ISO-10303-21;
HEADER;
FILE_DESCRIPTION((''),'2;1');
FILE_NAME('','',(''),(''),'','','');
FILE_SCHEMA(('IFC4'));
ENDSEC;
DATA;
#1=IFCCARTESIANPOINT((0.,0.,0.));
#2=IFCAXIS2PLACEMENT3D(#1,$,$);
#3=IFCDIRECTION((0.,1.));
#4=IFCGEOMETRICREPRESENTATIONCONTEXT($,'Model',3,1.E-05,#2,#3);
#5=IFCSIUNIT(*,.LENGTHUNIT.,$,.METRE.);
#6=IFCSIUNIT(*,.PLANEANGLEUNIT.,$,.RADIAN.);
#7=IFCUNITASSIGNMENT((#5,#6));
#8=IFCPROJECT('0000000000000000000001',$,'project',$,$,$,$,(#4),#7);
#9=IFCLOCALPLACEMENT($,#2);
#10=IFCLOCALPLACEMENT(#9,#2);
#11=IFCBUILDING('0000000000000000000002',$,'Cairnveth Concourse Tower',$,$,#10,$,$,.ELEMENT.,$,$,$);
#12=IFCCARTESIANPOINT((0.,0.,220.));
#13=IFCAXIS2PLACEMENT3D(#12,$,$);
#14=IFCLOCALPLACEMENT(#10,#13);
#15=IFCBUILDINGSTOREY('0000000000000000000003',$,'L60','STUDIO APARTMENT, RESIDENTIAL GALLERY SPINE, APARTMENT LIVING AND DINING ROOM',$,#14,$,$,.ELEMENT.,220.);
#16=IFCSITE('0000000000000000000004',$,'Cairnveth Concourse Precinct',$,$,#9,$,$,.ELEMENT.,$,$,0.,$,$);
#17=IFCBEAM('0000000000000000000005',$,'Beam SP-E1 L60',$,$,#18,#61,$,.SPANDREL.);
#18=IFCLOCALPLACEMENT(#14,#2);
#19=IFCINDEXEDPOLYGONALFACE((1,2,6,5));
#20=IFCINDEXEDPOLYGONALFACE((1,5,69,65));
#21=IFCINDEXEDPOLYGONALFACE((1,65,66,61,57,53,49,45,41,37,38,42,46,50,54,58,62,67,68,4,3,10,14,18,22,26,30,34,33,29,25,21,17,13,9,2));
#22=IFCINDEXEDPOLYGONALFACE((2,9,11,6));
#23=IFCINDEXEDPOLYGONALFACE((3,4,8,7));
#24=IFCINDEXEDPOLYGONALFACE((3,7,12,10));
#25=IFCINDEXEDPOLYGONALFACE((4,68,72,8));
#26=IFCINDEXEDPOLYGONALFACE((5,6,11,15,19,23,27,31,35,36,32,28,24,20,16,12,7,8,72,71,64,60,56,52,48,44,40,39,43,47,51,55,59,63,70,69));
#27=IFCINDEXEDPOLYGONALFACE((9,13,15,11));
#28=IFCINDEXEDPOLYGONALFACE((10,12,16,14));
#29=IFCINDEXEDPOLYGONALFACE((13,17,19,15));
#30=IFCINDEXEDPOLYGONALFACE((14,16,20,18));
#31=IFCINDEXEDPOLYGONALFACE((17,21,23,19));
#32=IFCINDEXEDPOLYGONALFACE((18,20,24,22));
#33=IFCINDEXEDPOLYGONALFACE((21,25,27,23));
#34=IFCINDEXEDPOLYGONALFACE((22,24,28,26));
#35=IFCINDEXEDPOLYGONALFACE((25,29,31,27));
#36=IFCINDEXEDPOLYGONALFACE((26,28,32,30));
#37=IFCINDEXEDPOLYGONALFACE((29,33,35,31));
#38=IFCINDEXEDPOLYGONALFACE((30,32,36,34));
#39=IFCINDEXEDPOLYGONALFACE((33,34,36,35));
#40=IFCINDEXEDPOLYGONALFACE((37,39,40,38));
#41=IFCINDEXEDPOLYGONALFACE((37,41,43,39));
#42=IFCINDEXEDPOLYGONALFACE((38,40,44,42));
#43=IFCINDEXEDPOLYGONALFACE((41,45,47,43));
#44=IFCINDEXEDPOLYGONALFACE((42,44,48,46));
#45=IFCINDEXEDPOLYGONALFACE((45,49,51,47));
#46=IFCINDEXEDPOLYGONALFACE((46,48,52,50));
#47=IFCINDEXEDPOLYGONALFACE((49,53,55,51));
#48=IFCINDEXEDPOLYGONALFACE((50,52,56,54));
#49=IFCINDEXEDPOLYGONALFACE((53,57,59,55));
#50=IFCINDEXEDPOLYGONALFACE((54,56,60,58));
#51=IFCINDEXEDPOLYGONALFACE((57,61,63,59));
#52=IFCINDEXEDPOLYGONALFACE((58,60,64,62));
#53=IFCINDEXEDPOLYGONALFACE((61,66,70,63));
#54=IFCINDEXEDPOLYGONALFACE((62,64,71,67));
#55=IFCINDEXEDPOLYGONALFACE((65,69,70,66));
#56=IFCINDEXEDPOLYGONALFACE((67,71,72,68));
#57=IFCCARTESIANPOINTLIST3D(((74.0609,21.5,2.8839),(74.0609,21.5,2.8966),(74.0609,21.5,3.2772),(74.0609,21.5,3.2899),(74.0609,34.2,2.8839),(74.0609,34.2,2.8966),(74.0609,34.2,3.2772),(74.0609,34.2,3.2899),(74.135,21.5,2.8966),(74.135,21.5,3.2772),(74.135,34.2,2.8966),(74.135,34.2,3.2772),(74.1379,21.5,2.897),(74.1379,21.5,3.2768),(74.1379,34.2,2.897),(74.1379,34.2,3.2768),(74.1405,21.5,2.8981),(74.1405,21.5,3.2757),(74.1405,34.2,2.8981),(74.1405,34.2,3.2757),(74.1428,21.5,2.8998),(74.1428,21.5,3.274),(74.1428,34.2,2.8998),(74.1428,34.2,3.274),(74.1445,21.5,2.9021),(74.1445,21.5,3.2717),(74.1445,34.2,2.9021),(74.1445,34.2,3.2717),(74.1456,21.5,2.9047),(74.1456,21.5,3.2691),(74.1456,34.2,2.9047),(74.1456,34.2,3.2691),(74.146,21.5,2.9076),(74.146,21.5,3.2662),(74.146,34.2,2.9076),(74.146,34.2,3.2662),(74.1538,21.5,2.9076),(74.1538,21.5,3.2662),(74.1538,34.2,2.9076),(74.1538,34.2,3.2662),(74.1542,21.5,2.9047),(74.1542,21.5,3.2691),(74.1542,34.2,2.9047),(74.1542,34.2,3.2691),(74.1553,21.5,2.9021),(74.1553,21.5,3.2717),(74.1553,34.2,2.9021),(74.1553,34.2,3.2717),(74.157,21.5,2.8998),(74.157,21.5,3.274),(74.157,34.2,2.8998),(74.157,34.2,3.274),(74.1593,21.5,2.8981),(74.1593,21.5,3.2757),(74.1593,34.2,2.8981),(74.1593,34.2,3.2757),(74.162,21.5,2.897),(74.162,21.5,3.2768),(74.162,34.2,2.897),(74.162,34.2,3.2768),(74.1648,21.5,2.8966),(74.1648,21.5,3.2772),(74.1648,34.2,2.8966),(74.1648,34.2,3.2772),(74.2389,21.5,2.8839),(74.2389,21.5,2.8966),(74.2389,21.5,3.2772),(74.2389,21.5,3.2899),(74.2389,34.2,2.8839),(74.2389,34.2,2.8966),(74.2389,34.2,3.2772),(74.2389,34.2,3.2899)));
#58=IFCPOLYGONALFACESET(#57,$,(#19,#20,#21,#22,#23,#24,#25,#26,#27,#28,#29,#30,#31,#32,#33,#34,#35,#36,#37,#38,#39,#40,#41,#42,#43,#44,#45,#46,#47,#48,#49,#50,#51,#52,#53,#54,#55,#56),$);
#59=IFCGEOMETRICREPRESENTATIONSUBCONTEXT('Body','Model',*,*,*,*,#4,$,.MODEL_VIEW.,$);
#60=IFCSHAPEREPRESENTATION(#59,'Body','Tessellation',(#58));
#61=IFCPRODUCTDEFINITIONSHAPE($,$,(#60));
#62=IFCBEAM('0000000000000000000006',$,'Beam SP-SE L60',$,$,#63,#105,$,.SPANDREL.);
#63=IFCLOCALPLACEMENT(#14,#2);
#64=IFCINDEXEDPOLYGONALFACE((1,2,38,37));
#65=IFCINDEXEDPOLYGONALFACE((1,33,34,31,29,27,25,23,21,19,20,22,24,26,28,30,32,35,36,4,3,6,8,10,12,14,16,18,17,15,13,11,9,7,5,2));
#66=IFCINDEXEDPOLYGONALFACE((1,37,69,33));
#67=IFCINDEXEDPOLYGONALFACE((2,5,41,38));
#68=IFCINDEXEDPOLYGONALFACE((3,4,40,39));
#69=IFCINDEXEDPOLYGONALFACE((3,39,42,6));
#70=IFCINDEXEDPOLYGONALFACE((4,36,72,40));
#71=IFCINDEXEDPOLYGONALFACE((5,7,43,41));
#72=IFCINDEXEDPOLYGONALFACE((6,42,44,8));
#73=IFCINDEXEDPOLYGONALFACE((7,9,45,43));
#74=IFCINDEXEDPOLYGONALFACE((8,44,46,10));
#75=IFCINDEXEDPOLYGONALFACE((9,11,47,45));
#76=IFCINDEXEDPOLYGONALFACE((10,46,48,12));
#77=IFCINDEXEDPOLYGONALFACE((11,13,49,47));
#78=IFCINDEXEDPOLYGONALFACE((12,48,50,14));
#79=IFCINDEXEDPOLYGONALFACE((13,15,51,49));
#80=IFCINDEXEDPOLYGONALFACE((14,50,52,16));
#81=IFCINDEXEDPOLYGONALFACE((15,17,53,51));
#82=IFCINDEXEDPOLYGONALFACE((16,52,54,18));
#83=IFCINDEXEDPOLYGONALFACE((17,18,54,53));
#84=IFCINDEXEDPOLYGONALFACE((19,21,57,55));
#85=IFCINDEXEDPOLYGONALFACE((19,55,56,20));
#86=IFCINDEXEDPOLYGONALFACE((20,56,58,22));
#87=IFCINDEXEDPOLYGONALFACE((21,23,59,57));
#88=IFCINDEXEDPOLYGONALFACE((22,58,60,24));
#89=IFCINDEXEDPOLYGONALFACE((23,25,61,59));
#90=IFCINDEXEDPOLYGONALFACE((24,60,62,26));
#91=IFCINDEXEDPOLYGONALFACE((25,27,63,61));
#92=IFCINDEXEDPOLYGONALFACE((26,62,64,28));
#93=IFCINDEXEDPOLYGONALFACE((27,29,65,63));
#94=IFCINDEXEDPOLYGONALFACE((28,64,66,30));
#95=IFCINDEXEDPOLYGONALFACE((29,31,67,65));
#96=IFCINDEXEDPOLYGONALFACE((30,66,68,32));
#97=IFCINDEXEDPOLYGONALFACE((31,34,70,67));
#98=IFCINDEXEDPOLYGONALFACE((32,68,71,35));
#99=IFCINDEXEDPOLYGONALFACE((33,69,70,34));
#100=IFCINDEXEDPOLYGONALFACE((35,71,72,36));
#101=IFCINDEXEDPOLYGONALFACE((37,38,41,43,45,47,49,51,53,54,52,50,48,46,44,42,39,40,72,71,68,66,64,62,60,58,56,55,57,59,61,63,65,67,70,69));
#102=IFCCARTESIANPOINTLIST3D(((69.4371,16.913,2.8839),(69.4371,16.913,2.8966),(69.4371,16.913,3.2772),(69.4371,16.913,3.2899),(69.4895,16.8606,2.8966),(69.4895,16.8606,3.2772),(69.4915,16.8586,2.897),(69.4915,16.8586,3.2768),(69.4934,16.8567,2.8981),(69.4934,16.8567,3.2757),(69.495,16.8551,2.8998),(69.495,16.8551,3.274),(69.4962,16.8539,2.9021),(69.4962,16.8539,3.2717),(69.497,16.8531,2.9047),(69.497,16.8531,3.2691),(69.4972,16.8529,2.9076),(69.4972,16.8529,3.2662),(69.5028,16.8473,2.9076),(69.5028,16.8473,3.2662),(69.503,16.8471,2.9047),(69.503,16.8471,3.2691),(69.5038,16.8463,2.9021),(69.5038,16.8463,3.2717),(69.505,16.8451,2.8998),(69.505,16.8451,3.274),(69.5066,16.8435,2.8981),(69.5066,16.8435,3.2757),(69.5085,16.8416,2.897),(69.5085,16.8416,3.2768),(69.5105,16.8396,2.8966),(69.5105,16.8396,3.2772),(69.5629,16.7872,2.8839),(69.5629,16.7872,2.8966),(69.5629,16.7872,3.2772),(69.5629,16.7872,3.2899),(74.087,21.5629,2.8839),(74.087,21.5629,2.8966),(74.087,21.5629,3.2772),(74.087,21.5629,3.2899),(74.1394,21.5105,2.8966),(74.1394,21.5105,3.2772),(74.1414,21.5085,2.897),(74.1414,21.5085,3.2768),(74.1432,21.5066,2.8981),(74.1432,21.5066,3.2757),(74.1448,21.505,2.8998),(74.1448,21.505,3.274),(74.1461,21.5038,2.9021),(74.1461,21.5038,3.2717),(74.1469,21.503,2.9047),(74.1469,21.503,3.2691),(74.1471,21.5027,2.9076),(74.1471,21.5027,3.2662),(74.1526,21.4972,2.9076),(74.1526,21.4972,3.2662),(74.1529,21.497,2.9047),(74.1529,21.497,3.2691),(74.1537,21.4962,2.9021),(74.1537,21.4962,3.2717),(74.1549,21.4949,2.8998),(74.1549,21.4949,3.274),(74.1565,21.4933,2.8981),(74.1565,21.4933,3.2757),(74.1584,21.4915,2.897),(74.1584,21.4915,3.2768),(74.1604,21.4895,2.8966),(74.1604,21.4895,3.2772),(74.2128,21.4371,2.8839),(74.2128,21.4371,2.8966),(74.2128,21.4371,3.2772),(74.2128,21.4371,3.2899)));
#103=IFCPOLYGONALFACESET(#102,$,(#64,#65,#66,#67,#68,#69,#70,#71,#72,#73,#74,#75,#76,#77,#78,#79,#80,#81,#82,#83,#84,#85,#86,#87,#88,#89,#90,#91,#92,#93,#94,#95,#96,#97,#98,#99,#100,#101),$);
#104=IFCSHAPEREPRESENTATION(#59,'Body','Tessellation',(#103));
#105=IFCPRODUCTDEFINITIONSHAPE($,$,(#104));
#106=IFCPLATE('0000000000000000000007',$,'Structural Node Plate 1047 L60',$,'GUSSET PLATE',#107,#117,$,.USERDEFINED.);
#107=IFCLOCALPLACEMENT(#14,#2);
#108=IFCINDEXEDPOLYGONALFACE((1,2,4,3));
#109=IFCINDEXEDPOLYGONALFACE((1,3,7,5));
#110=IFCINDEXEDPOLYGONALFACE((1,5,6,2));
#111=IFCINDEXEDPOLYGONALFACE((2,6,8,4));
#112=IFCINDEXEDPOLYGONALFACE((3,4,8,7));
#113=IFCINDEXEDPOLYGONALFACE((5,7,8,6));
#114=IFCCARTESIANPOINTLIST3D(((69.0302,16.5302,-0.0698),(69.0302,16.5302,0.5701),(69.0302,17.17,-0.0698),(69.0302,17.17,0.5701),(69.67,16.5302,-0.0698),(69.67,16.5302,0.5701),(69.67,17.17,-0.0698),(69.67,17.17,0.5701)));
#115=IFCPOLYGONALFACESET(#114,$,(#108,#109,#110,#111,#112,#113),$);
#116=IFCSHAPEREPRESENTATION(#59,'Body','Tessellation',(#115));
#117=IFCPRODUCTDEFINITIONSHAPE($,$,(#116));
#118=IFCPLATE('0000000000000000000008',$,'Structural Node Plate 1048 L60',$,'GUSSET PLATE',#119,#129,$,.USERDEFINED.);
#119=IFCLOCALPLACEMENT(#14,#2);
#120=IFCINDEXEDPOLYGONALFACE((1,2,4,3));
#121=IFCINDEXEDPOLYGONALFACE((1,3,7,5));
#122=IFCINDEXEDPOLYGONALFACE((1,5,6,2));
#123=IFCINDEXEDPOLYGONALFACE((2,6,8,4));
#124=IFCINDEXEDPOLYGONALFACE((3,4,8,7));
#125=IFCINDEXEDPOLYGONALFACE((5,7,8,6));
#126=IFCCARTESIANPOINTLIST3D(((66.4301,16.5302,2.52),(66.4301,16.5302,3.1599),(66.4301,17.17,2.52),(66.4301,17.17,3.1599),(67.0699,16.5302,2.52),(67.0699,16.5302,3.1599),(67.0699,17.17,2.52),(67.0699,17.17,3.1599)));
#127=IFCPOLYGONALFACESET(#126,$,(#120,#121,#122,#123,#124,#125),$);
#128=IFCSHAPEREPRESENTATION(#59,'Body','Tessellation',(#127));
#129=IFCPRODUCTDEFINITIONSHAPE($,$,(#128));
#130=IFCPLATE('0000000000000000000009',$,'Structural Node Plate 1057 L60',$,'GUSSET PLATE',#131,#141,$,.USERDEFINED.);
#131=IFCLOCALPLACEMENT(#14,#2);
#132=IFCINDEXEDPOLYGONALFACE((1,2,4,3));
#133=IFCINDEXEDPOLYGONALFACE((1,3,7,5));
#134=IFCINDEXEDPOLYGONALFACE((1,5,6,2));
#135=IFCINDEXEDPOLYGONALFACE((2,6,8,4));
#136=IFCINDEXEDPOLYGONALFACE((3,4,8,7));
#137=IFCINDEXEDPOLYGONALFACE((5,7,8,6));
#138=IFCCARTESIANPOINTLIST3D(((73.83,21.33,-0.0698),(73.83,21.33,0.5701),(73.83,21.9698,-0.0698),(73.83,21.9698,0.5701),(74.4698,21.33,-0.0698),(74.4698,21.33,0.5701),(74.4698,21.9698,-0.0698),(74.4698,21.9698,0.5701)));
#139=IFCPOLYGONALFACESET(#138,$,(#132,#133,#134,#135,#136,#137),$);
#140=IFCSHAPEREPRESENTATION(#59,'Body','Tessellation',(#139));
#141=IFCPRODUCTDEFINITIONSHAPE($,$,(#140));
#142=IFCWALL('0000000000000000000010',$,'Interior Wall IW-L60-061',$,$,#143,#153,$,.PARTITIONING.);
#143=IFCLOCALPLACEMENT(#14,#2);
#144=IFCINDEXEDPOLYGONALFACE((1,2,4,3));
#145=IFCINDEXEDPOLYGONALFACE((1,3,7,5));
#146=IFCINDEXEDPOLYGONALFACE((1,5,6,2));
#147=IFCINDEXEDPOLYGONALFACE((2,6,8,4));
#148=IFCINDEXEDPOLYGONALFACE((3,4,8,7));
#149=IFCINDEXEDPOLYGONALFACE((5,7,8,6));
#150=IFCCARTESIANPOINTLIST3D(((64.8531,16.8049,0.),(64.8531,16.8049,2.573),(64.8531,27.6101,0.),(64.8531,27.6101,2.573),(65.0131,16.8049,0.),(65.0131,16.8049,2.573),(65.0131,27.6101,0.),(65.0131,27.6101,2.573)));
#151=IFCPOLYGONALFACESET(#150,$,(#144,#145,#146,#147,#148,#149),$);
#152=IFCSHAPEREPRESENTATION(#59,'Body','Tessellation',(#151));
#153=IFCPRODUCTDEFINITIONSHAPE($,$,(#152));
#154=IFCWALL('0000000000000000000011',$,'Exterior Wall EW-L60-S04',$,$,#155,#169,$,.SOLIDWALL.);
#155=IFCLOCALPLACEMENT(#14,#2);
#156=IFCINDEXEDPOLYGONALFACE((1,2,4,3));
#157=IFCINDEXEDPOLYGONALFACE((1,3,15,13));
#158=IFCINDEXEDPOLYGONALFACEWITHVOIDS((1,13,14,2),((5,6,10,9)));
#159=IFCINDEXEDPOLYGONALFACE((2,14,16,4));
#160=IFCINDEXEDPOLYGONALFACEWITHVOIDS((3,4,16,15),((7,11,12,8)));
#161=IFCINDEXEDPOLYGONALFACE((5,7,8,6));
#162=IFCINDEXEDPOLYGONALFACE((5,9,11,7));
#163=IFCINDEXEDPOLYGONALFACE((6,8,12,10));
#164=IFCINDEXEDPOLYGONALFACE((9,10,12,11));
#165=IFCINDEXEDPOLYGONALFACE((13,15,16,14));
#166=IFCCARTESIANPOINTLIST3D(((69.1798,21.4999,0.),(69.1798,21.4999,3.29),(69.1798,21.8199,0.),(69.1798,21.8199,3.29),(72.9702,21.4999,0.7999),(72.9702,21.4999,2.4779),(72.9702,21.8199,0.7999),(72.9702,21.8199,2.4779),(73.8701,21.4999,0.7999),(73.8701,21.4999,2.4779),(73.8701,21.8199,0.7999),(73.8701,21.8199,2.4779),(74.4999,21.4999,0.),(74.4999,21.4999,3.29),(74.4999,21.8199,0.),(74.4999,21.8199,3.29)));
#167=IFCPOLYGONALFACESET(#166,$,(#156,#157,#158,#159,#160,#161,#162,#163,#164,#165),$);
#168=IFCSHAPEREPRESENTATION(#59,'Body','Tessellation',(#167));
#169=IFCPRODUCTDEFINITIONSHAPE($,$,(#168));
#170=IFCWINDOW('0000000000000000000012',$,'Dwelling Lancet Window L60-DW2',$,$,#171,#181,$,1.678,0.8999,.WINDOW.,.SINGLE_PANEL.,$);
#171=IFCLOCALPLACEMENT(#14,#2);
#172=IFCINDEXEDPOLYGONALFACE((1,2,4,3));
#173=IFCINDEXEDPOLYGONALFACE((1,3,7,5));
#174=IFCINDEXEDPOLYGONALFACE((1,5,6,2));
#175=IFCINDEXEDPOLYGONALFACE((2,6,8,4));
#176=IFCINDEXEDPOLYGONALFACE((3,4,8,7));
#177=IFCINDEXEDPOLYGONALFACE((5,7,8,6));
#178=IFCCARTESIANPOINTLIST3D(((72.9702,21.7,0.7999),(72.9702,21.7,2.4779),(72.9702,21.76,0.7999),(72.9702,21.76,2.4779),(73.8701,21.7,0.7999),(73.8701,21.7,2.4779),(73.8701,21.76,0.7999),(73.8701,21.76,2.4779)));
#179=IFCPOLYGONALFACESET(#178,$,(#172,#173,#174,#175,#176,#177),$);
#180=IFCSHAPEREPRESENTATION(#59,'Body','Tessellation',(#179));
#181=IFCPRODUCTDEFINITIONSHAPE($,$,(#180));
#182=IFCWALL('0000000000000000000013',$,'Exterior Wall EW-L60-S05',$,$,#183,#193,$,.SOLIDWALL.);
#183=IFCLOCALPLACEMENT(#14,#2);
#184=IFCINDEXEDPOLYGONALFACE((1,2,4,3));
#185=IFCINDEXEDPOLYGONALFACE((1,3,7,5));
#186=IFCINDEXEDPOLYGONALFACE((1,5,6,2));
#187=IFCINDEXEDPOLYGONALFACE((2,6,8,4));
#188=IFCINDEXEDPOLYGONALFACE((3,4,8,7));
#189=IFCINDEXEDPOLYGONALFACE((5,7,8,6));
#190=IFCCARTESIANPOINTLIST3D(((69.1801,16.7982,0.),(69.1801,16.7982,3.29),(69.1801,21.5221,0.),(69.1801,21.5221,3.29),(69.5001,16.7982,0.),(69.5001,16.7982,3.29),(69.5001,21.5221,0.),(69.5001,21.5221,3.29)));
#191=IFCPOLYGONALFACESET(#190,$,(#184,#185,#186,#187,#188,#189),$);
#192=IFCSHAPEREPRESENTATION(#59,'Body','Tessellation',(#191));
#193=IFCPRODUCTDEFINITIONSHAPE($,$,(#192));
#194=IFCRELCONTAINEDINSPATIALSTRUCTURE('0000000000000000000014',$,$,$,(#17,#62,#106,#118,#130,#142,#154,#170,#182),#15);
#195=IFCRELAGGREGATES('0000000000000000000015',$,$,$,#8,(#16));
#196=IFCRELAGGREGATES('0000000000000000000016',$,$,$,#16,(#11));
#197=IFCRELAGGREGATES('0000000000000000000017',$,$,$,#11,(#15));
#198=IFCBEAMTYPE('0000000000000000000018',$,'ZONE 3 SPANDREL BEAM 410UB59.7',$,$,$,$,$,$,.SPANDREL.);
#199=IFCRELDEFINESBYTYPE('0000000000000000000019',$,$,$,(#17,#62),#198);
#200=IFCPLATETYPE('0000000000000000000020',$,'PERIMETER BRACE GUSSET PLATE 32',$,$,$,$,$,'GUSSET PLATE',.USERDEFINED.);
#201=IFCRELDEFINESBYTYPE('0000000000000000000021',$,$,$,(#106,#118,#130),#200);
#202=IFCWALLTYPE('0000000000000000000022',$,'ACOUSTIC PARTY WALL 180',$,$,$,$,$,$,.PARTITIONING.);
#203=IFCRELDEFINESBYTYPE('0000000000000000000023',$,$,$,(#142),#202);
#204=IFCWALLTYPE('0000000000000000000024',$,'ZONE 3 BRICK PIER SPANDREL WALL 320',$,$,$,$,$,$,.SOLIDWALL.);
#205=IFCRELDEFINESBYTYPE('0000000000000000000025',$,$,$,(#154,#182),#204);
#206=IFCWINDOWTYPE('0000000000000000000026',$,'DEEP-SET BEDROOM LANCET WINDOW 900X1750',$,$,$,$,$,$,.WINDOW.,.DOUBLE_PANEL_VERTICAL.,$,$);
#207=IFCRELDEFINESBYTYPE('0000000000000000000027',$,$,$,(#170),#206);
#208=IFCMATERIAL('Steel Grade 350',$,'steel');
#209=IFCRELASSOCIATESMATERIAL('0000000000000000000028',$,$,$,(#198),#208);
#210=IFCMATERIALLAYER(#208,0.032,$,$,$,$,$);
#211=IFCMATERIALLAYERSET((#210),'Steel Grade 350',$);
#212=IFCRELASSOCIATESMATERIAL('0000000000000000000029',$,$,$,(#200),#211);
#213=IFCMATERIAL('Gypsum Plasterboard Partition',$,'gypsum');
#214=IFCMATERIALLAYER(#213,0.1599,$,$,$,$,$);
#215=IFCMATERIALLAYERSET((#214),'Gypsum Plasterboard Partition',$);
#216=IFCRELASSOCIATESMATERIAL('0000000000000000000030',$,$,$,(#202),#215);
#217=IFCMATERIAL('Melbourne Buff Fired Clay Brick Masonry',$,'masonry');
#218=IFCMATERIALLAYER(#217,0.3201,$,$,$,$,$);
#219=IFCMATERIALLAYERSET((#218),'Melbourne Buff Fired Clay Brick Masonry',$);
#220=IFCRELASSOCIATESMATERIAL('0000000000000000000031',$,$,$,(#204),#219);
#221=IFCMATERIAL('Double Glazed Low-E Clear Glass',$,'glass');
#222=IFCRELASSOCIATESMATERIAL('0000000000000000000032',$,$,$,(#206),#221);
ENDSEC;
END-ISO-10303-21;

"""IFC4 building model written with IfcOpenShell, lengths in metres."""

from ifc_helpers import new_model, si_unit, direction, frame, frame_2d, origin, origin_2d, place, context, subcontext, project, spatial, rectangle, i_section, extrude, material, layer, layer_set, material_profile, profile_set, type_object, element, fill, save


model = new_model("IFC4")

# Units and contexts
model_context = context("Model", 3, precision=1e-05, world=origin(), true_north=direction((0.0, 1.0)))
body_context = subcontext(model_context, "Body", "Model", "MODEL_VIEW")
ifc_project = project(units=[si_unit("LENGTHUNIT", "METRE"), si_unit("PLANEANGLEUNIT", "RADIAN")], contexts=[model_context])

# Site, building, storey
site_placement = place(None, origin())
site = spatial("IfcSite", under=ifc_project, at=site_placement, Name="Cairnveth Concourse Precinct", CompositionType="ELEMENT", RefElevation=0.0)
building_placement = place(site_placement, origin())
building = spatial("IfcBuilding", under=site, at=building_placement, Name="Cairnveth Concourse Tower", CompositionType="ELEMENT")
storey_placement = place(building_placement, frame((0.0, 0.0, 220.0)))
storey = spatial("IfcBuildingStorey", under=building, at=storey_placement, Name="L60", Description="STUDIO APARTMENT, RESIDENTIAL GALLERY SPINE, APARTMENT LIVING AND DINING ROOM", CompositionType="ELEMENT", Elevation=220.0)

# Shared definitions
ifc_material_1 = material(Name="Steel Grade 350", Category="steel")

# Beams
ifc_material_profile_1 = material_profile(ifc_material_1, i_section(OverallWidth=0.178, OverallDepth=0.406, WebThickness=0.0078, FlangeThickness=0.0127, FilletRadius=0.011, at=origin_2d()), Name="410UB59.7")
ifc_profile_set_1 = profile_set([ifc_material_profile_1], Name="Steel Grade 350")
beam_type_1 = type_object("IfcBeamType", Name="ZONE 3 SPANDREL BEAM 410UB59.7", PredefinedType="SPANDREL", material=ifc_profile_set_1)
beam_1_placement = place(storey_placement, frame((74.1499, 21.5, 3.0869), z_axis=(0.0, 1.0, 0.0), x_axis=(-1.0, 0.0, 0.0)))
element("IfcBeam", 1, at=beam_1_placement, inside=storey, type_object=beam_type_1, Name="Beam SP-E1 L60", PredefinedType="SPANDREL", context=body_context, shape_type="SweptSolid", body=[
    extrude(i_section(OverallWidth=0.178, OverallDepth=0.406, WebThickness=0.0078, FlangeThickness=0.0127, FilletRadius=0.011, at=origin_2d()), origin(), (0.0, 0.0, 1.0), 12.7),
])
beam_2_placement = place(storey_placement, frame((69.5, 16.8501, 3.0869), z_axis=(0.707107, 0.707107, 0.0), x_axis=(-0.707107, 0.707107, 0.0)))
element("IfcBeam", 2, at=beam_2_placement, inside=storey, type_object=beam_type_1, Name="Beam SP-SE L60", PredefinedType="SPANDREL", context=body_context, shape_type="SweptSolid", body=[
    extrude(i_section(OverallWidth=0.178, OverallDepth=0.406, WebThickness=0.0078, FlangeThickness=0.0127, FilletRadius=0.011, at=origin_2d()), origin(), (0.0, 0.0, 1.0), 6.5759),
])

# Plates
ifc_layer_1 = layer(ifc_material_1, 0.032)
ifc_layer_set_1 = layer_set([ifc_layer_1], Name="Steel Grade 350")
plate_type = type_object("IfcPlateType", Name="PERIMETER BRACE GUSSET PLATE 32", ElementType="GUSSET PLATE", PredefinedType="USERDEFINED", material=ifc_layer_set_1)
for number, where, z_axis, x_axis, name in (
    (3, (69.3501, 16.8501, -0.0698), (0.0, 0.0, 1.0), (1.0, 0.0, 0.0), "Structural Node Plate 1047 L60"),
    (4, (66.75, 16.8501, 2.52), (0.0, 0.0, 1.0), (1.0, 0.0, 0.0), "Structural Node Plate 1048 L60"),
    (5, (74.1499, 21.6499, -0.0698), (0.0, 0.0, 1.0), (1.0, 0.0, 0.0), "Structural Node Plate 1057 L60"),
):
    element("IfcPlate", number, at=place(storey_placement, frame(where, z_axis=z_axis, x_axis=x_axis)), inside=storey, type_object=plate_type, Name=name, ObjectType="GUSSET PLATE", PredefinedType="USERDEFINED", context=body_context, shape_type="SweptSolid", body=[
        extrude(rectangle(XDim=0.6399, YDim=0.6399, at=origin_2d()), origin(), (0.0, 0.0, 1.0), 0.6399),
    ])

# Wall
ifc_material_2 = material(Name="Gypsum Plasterboard Partition", Category="gypsum")
ifc_layer_2 = layer(ifc_material_2, 0.1599)
ifc_layer_set_2 = layer_set([ifc_layer_2], Name="Gypsum Plasterboard Partition")
wall_type_1 = type_object("IfcWallType", Name="ACOUSTIC PARTY WALL 180", PredefinedType="PARTITIONING", material=ifc_layer_set_2)
wall_1_placement = place(storey_placement, frame((64.9331, 16.8049, 0.0), z_axis=(0.0, 0.0, 1.0), x_axis=(0.0, 1.0, 0.0)))
element("IfcWall", 6, at=wall_1_placement, inside=storey, type_object=wall_type_1, Name="Interior Wall IW-L60-061", PredefinedType="PARTITIONING", context=body_context, shape_type="SweptSolid", body=[
    extrude(rectangle(XDim=10.8052, YDim=0.1599, at=frame_2d((5.4026, 0.0))), origin(), (0.0, 0.0, 1.0), 2.573),
])

# Wall, opening, window
ifc_material_3 = material(Name="Melbourne Buff Fired Clay Brick Masonry", Category="masonry")
ifc_layer_3 = layer(ifc_material_3, 0.3201)
ifc_layer_set_3 = layer_set([ifc_layer_3], Name="Melbourne Buff Fired Clay Brick Masonry")
wall_type_2 = type_object("IfcWallType", Name="ZONE 3 BRICK PIER SPANDREL WALL 320", PredefinedType="SOLIDWALL", material=ifc_layer_set_3)
wall_2_placement = place(storey_placement, frame((74.5, 21.6599, 0.0), z_axis=(0.0, 0.0, 1.0), x_axis=(-1.0, 0.0, 0.0)))
wall_2 = element("IfcWall", 7, at=wall_2_placement, inside=storey, type_object=wall_type_2, Name="Exterior Wall EW-L60-S04", PredefinedType="SOLIDWALL", context=body_context, shape_type="SweptSolid", body=[
    extrude(rectangle(XDim=5.3201, YDim=0.3201, at=frame_2d((2.6602, 0.0))), origin(), (0.0, 0.0, 1.0), 3.29),
])
opening_1_placement = place(wall_2_placement, frame((0.6299, 0.0, 0.8)))
opening_1 = element("IfcOpeningElement", 8, at=opening_1_placement, cuts=wall_2, PredefinedType="OPENING", context=body_context, shape_type="SweptSolid", body=[
    extrude(rectangle(XDim=0.8999, YDim=1.678, at=frame_2d((0.45, 0.8389))), frame((0.0, 0.1699, 0.0), z_axis=(0.0, -1.0, 0.0), x_axis=(1.0, 0.0, 0.0)), (0.0, 0.0, 1.0), 0.3401),
])
ifc_material_4 = material(Name="Double Glazed Low-E Clear Glass", Category="glass")
window_type_1 = type_object("IfcWindowType", Name="DEEP-SET BEDROOM LANCET WINDOW 900X1750", PartitioningType="DOUBLE_PANEL_VERTICAL", PredefinedType="WINDOW", material=ifc_material_4)
window_1_placement = place(opening_1_placement, origin())
window_1 = element("IfcWindow", 9, at=window_1_placement, inside=storey, type_object=window_type_1, Name="Dwelling Lancet Window L60-DW2", OverallHeight=1.678, OverallWidth=0.8999, PartitioningType="SINGLE_PANEL", PredefinedType="WINDOW", context=body_context, shape_type="SweptSolid", body=[
    extrude(rectangle(XDim=0.8999, YDim=1.678, at=frame_2d((0.45, 0.8389))), frame((0.0, -0.04, 0.0), z_axis=(0.0, -1.0, 0.0), x_axis=(1.0, 0.0, 0.0)), (0.0, 0.0, 1.0), 0.0601),
])
fill(opening_1, window_1)

# Wall
wall_3_placement = place(storey_placement, frame((69.3401, 21.522, 0.0), z_axis=(0.0, 0.0, 1.0), x_axis=(0.0, -1.0, 0.0)))
element("IfcWall", 10, at=wall_3_placement, inside=storey, type_object=wall_type_2, Name="Exterior Wall EW-L60-S05", PredefinedType="SOLIDWALL", context=body_context, shape_type="SweptSolid", body=[
    extrude(rectangle(XDim=4.7239, YDim=0.3201, at=frame_2d((2.3618, 0.0))), origin(), (0.0, 0.0, 1.0), 3.29),
])

save(model, "model.ifc")
